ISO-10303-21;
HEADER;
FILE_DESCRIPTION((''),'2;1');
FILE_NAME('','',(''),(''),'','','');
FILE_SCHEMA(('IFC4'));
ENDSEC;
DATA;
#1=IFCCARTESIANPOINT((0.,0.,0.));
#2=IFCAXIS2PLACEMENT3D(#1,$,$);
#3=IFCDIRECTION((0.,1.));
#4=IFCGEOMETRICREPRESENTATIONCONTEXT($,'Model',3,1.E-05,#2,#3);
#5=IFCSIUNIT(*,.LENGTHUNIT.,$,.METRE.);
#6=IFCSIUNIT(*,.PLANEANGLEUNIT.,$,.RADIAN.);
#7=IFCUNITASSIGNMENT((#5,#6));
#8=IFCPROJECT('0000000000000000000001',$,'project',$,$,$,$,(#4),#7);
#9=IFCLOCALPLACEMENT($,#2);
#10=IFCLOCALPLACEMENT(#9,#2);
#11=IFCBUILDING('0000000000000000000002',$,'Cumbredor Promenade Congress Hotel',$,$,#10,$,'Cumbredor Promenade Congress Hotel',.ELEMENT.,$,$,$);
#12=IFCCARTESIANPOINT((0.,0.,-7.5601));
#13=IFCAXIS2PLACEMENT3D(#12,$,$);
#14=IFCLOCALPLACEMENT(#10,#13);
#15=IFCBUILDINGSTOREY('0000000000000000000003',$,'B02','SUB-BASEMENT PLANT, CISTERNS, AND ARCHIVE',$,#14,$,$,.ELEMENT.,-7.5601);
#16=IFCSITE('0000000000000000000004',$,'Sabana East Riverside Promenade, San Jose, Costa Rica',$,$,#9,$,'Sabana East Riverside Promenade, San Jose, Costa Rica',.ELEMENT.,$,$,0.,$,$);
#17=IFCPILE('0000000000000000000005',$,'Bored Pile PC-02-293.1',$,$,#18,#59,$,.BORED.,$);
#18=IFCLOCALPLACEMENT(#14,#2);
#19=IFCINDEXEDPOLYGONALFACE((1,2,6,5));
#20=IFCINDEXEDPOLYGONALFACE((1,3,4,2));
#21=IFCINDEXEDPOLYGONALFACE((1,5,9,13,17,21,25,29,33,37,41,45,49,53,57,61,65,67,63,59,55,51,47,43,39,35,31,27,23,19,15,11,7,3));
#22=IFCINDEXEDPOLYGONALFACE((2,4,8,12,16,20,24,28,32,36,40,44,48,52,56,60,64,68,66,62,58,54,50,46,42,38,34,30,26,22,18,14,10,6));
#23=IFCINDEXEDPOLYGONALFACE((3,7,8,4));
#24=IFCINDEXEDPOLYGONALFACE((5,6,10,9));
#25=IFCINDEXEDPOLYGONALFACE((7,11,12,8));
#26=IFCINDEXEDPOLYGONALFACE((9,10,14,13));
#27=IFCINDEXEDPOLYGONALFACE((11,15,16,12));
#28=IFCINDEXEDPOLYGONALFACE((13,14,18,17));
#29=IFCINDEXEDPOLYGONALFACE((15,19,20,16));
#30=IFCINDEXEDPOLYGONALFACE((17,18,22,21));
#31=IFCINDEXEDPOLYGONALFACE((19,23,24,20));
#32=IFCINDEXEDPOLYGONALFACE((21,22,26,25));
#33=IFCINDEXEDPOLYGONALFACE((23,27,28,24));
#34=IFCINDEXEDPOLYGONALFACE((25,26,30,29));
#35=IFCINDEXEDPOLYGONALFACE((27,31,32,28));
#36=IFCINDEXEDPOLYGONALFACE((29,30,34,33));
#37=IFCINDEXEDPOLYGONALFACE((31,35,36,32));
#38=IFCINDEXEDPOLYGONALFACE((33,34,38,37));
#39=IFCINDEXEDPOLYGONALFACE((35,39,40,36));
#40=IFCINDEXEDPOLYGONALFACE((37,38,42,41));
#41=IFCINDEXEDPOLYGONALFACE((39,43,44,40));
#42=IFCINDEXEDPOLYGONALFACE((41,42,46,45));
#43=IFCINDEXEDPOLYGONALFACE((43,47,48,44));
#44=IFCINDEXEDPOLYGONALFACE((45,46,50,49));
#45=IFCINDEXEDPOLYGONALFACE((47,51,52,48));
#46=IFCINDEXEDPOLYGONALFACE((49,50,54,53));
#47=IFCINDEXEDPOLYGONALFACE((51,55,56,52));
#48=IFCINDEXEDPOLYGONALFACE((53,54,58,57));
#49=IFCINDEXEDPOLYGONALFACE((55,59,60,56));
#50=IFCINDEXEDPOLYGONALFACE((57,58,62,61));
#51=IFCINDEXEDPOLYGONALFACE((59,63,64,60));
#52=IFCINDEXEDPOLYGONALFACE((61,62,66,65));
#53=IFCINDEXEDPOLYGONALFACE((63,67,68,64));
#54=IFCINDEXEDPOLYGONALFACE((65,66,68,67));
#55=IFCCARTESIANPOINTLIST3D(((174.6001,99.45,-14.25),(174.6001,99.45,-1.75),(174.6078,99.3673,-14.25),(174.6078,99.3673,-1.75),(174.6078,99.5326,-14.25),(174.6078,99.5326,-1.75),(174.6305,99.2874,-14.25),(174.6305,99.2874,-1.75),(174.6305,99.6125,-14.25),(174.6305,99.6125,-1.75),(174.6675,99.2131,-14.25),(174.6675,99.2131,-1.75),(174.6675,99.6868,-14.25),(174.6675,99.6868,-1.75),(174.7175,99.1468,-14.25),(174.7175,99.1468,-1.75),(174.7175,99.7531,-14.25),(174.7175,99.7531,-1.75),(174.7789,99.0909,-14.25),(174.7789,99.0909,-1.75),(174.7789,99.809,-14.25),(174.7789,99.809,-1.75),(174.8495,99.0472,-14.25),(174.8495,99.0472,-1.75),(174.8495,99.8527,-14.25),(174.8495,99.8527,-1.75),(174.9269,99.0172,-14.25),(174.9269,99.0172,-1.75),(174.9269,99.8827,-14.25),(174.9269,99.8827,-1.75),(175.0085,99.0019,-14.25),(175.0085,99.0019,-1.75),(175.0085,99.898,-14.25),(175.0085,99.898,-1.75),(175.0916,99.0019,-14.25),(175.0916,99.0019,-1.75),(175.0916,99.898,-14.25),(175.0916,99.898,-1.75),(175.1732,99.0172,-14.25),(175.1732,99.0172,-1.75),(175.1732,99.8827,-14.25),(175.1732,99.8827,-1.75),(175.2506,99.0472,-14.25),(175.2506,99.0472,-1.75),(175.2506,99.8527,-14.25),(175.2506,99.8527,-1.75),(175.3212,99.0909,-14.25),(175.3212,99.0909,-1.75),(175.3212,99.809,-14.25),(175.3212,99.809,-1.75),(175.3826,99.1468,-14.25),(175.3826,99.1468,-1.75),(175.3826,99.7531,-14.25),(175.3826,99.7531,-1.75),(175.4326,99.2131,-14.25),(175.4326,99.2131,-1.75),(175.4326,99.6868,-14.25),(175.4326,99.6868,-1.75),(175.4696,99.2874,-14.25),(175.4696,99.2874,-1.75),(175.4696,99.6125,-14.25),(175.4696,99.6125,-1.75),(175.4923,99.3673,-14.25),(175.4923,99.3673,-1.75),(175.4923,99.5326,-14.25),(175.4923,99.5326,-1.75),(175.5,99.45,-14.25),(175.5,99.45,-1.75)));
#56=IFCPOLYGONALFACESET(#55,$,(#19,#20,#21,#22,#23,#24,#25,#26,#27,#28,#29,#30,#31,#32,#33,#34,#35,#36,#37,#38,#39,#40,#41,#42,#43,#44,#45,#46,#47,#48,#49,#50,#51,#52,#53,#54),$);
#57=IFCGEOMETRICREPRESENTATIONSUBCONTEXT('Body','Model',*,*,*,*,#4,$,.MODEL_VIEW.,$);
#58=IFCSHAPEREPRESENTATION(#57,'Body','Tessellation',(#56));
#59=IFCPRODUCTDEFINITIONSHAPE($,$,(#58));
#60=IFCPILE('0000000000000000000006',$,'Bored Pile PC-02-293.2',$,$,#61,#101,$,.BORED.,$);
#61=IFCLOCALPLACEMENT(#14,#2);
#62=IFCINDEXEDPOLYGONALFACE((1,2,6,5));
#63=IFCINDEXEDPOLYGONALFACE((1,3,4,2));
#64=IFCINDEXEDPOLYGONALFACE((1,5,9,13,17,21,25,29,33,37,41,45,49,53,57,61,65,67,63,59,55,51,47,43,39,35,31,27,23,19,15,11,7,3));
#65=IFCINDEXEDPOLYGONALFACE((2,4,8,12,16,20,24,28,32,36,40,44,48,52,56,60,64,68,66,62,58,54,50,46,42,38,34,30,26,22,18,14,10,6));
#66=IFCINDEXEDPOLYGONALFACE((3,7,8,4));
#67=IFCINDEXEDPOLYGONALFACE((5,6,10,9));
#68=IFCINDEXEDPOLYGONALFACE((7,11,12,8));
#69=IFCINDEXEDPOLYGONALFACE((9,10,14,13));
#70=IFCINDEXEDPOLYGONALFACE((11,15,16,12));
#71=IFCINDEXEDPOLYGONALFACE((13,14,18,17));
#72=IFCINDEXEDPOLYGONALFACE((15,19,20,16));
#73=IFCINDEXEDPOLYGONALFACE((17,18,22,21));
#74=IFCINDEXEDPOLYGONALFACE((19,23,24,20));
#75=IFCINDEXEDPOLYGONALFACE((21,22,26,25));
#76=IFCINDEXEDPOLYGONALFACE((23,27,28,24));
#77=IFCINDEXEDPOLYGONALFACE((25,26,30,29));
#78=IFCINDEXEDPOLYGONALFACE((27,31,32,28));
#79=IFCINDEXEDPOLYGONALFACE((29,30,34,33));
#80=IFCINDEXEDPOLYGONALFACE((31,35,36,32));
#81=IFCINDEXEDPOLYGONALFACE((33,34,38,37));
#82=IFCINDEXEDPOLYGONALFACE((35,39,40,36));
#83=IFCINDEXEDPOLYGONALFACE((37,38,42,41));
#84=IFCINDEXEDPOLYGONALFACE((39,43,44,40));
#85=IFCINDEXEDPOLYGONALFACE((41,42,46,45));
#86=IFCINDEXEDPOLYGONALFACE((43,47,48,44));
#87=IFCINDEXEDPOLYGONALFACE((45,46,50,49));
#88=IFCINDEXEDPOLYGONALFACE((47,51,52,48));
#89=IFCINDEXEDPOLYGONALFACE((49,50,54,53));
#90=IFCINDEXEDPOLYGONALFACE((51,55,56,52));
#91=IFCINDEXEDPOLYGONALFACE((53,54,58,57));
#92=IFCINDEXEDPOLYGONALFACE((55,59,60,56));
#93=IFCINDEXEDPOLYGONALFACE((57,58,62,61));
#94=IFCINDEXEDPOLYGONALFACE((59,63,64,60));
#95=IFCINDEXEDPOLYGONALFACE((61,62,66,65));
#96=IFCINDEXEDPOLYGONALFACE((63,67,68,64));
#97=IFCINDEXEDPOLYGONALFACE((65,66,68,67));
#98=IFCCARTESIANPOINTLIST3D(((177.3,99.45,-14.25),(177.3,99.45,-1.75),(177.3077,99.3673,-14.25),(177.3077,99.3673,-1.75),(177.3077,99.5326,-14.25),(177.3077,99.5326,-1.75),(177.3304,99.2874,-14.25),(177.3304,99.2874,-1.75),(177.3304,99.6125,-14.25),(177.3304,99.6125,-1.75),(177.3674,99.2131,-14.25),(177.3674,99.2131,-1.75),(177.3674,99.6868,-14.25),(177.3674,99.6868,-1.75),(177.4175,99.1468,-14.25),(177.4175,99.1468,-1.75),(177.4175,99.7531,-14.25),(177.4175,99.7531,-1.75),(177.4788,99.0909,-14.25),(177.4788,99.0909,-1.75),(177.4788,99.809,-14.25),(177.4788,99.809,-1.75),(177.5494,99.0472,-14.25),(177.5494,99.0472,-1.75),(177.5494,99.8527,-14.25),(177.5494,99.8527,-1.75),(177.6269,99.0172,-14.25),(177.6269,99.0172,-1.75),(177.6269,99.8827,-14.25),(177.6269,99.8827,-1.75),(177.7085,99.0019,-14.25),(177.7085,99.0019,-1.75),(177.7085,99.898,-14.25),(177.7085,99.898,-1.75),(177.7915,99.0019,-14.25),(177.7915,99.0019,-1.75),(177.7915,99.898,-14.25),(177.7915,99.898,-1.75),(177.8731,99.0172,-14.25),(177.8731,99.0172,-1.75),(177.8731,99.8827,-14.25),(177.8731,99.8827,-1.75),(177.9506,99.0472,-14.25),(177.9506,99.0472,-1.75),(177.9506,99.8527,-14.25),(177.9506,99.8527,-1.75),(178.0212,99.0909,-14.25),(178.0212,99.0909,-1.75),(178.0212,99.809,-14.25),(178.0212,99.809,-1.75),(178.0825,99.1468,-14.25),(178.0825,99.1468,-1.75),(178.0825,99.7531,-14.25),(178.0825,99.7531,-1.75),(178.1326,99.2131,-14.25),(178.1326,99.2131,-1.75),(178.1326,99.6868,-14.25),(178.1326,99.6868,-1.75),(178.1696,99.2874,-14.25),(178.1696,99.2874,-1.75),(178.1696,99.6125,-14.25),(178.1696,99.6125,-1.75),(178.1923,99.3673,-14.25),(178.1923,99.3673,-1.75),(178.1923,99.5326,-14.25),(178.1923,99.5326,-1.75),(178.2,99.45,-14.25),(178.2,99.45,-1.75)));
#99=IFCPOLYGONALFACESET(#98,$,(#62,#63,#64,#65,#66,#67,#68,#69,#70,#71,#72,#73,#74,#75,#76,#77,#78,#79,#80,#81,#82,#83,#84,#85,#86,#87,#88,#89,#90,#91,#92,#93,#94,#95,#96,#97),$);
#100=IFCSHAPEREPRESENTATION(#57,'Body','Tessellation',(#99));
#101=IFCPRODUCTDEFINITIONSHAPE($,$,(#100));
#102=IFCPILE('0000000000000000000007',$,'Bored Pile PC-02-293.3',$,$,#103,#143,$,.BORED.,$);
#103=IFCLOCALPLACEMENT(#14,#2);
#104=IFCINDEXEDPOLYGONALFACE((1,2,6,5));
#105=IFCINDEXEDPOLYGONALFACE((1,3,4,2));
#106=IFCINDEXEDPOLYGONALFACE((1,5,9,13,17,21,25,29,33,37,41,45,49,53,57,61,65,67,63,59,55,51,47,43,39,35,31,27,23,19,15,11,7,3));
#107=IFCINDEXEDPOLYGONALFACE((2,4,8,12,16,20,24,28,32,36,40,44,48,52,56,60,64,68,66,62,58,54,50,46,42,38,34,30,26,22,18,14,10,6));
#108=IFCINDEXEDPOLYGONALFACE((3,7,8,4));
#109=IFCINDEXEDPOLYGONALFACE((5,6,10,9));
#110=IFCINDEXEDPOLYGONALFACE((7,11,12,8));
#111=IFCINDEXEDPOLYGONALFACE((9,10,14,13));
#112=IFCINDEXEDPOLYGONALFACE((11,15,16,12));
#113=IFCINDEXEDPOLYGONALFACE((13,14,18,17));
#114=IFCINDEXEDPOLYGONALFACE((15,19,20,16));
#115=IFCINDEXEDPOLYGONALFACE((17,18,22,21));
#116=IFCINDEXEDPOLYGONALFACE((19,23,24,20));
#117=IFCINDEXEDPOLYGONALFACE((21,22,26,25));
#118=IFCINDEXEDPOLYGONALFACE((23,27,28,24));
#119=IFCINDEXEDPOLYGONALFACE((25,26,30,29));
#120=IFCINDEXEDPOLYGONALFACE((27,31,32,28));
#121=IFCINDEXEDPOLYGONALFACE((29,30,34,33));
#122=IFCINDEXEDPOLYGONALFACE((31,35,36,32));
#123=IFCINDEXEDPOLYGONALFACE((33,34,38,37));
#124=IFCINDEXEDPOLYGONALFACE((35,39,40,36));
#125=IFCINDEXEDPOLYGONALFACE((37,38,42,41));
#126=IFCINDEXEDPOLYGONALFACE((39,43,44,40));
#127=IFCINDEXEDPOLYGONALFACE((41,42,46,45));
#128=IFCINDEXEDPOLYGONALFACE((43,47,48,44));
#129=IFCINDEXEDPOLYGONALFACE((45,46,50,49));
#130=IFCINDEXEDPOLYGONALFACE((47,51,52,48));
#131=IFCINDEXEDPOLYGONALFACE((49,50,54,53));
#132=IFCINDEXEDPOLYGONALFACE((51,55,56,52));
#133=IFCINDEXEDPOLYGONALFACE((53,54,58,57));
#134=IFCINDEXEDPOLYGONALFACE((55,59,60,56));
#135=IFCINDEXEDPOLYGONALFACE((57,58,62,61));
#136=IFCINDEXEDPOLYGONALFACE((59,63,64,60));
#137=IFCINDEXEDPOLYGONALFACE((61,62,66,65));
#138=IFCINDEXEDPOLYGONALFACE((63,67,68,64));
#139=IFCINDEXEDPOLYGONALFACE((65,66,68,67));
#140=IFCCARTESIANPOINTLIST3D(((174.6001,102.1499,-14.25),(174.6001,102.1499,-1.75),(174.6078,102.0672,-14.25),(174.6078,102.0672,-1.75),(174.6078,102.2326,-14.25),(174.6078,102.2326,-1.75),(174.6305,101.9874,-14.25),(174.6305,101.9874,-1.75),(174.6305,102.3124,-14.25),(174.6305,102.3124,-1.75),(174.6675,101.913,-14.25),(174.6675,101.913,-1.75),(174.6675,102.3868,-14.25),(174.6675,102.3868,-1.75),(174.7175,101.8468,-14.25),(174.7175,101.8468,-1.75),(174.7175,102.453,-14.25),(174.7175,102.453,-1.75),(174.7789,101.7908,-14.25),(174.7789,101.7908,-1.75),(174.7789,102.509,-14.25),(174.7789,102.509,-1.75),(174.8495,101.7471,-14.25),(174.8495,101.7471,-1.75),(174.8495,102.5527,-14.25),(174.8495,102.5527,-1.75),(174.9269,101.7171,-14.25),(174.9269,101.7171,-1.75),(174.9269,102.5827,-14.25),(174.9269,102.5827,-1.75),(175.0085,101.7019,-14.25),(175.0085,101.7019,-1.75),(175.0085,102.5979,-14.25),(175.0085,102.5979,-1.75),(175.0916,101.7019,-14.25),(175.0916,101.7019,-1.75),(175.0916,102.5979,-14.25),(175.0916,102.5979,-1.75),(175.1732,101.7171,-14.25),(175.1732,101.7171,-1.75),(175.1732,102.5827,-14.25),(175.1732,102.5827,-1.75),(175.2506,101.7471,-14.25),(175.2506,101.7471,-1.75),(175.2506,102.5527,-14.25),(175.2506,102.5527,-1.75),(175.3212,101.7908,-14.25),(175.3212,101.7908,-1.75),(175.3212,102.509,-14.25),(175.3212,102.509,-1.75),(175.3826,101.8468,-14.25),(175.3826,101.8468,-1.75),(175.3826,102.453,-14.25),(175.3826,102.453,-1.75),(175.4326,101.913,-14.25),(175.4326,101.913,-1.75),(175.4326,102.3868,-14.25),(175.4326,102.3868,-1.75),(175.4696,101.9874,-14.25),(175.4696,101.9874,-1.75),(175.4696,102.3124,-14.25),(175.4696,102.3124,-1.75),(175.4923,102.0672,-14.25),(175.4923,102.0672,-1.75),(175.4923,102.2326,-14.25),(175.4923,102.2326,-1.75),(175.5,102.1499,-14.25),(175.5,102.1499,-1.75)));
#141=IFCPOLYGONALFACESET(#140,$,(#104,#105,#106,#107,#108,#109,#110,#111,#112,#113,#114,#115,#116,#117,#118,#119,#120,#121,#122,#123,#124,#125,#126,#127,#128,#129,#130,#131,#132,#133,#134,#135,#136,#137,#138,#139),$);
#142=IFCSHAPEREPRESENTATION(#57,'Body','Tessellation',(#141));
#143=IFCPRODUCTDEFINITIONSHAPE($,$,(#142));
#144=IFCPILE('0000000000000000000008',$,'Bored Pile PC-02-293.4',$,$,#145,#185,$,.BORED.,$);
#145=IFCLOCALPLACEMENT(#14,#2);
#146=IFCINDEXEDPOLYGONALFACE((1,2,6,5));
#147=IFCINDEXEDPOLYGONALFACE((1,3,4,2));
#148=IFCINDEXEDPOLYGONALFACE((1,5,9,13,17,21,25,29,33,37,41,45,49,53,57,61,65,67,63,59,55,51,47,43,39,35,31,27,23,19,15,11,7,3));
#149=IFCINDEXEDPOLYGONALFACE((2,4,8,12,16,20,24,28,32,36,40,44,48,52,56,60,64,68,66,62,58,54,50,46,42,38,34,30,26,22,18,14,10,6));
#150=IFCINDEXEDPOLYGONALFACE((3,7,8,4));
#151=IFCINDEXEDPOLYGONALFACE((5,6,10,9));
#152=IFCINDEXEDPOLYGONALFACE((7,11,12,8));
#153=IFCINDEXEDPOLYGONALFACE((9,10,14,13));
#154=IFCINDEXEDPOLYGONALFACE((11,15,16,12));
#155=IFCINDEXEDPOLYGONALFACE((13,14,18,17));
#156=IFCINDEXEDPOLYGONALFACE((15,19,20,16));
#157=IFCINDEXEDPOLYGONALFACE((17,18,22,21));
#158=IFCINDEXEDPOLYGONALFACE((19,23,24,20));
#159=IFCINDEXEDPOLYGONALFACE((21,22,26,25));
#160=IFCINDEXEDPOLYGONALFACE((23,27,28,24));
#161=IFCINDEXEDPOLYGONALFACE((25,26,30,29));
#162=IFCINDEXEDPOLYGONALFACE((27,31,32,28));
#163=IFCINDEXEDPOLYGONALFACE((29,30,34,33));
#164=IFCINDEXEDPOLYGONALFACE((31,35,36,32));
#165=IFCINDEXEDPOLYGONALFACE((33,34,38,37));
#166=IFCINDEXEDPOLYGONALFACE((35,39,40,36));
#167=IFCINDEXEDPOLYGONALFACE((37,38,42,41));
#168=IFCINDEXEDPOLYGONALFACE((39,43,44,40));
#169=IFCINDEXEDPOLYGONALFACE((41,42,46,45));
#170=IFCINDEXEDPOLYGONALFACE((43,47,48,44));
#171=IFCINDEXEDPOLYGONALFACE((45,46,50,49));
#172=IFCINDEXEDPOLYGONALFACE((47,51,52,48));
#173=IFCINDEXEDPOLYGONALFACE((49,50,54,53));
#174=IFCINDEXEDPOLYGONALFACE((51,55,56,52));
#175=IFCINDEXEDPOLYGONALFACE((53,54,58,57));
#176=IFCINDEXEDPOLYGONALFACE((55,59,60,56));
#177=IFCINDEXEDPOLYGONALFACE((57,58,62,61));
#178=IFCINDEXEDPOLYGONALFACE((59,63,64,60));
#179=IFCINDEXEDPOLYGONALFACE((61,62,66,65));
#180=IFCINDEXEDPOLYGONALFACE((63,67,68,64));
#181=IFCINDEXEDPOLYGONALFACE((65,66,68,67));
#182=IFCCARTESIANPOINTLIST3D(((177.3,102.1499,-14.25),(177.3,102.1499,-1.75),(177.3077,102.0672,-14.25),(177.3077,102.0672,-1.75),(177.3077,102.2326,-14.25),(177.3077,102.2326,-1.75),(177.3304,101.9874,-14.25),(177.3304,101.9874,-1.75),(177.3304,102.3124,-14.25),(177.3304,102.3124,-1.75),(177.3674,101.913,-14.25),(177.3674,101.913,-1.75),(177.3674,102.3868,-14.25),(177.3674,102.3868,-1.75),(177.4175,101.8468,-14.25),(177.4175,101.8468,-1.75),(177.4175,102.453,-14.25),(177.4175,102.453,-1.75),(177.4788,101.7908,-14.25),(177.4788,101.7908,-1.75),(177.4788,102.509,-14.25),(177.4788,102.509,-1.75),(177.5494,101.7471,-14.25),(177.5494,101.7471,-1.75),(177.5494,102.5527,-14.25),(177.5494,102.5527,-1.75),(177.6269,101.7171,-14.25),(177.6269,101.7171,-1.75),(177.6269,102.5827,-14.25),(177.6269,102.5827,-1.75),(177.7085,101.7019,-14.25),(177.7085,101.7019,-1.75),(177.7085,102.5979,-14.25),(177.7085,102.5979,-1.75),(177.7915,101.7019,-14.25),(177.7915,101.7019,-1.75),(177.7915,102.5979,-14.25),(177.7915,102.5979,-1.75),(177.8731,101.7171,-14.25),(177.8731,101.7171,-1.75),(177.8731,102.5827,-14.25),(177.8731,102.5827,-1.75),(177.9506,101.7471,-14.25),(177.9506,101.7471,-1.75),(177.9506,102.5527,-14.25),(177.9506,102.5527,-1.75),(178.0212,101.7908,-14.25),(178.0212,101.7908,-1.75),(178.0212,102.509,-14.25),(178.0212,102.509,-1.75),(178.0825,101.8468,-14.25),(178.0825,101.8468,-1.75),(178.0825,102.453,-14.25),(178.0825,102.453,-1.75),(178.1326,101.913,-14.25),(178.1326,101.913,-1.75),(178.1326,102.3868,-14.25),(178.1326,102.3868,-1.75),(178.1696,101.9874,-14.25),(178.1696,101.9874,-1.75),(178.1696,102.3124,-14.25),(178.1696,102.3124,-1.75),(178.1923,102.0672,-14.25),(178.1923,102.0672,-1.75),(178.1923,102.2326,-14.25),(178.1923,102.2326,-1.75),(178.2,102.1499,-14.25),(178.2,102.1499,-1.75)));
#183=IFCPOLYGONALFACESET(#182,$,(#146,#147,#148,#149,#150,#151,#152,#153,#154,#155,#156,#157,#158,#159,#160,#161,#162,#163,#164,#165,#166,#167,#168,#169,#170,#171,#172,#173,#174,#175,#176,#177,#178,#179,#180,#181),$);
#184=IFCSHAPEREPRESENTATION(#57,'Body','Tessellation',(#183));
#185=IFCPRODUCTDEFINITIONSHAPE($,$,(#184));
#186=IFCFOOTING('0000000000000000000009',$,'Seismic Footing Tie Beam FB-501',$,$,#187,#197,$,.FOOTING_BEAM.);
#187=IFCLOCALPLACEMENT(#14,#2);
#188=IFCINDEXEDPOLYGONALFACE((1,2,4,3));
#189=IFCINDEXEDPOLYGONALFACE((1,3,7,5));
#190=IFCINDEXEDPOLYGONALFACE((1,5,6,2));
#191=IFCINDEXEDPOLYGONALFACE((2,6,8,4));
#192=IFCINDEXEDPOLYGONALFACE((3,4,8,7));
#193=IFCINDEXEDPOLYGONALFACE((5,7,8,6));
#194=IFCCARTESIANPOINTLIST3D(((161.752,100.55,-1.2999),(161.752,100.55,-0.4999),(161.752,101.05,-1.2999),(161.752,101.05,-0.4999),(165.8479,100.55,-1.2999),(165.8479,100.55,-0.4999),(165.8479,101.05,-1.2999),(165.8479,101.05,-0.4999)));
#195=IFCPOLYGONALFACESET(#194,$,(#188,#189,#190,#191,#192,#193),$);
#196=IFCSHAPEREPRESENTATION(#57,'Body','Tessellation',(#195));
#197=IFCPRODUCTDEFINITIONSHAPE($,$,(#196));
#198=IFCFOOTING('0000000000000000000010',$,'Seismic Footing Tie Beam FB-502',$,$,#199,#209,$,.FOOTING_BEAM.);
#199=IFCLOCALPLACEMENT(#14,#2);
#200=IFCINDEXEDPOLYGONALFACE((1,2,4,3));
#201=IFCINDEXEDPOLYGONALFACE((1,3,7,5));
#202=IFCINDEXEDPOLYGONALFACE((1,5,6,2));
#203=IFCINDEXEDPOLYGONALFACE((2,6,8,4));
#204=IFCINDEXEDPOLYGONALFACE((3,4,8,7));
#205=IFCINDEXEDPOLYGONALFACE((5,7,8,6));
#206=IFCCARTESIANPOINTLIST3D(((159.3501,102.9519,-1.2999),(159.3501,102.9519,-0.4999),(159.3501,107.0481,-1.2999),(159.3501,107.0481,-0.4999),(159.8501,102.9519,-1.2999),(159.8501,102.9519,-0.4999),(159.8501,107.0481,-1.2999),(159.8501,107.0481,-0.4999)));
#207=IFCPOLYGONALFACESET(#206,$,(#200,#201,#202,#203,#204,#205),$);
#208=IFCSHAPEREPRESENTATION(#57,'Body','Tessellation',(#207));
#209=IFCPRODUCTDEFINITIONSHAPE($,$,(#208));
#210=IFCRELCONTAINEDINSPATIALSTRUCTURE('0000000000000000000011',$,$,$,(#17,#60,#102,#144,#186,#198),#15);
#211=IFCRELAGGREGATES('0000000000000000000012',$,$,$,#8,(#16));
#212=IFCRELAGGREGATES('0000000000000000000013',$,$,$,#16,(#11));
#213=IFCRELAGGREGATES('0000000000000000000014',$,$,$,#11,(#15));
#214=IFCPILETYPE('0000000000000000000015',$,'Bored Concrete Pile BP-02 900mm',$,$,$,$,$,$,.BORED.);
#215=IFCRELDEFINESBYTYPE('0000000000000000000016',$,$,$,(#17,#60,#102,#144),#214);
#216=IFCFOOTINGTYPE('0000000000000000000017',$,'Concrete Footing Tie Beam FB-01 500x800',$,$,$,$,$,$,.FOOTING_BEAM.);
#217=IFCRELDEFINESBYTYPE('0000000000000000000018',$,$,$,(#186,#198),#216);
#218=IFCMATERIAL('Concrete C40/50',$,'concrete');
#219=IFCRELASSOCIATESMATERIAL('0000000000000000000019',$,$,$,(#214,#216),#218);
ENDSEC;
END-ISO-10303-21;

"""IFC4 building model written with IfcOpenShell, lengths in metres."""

from ifc_helpers import new_model, si_unit, direction, frame, origin, origin_2d, place, context, subcontext, project, spatial, rectangle, circle, extrude, material, material_profile, profile_set, type_object, element, save


model = new_model("IFC4")

# Units and contexts
model_context = context("Model", 3, precision=1e-05, world=origin(), true_north=direction((0.0, 1.0)))
body_context = subcontext(model_context, "Body", "Model", "MODEL_VIEW")
ifc_project = project(units=[si_unit("LENGTHUNIT", "METRE"), si_unit("PLANEANGLEUNIT", "RADIAN")], contexts=[model_context])

# Site, building, storey
site_placement = place(None, origin())
site = spatial("IfcSite", under=ifc_project, at=site_placement, Name="Sabana East Riverside Promenade, San Jose, Costa Rica", LongName="Sabana East Riverside Promenade, San Jose, Costa Rica", CompositionType="ELEMENT", RefElevation=0.0)
building_placement = place(site_placement, origin())
building = spatial("IfcBuilding", under=site, at=building_placement, Name="Cumbredor Promenade Congress Hotel", LongName="Cumbredor Promenade Congress Hotel", CompositionType="ELEMENT")
storey_placement = place(building_placement, frame((0.0, 0.0, -7.5601)))
storey = spatial("IfcBuildingStorey", under=building, at=storey_placement, Name="B02", Description="SUB-BASEMENT PLANT, CISTERNS, AND ARCHIVE", CompositionType="ELEMENT", Elevation=-7.5601)

# Piles
ifc_material_1 = material(Name="Concrete C40/50", Category="concrete")
ifc_material_profile_1 = material_profile(ifc_material_1, circle(Radius=0.45, at=origin_2d()), Name="PILE D900")
ifc_profile_set_1 = profile_set([ifc_material_profile_1], Name="Concrete C40/50")
pile_type = type_object("IfcPileType", Name="Bored Concrete Pile BP-02 900mm", PredefinedType="BORED", material=ifc_profile_set_1)
for number, where, z_axis, x_axis, name in (
    (1, (175.05, 99.45, -1.75), (0.0, 0.0, -1.0), (1.0, 0.0, 0.0), "Bored Pile PC-02-293.1"),
    (2, (177.75, 99.45, -1.75), (0.0, 0.0, -1.0), (1.0, 0.0, 0.0), "Bored Pile PC-02-293.2"),
    (3, (175.05, 102.1499, -1.75), (0.0, 0.0, -1.0), (1.0, 0.0, 0.0), "Bored Pile PC-02-293.3"),
    (4, (177.75, 102.1499, -1.75), (0.0, 0.0, -1.0), (1.0, 0.0, 0.0), "Bored Pile PC-02-293.4"),
):
    element("IfcPile", number, at=place(storey_placement, frame(where, z_axis=z_axis, x_axis=x_axis)), inside=storey, type_object=pile_type, Name=name, PredefinedType="BORED", context=body_context, shape_type="SweptSolid", body=[
        extrude(circle(Radius=0.45, at=origin_2d()), origin(), (0.0, 0.0, 1.0), 12.5),
    ])

# Footings
ifc_material_profile_2 = material_profile(ifc_material_1, rectangle(XDim=0.5, YDim=0.8, at=origin_2d()), Name="FB 500x800")
ifc_profile_set_2 = profile_set([ifc_material_profile_2], Name="Concrete C40/50")
footing_type_1 = type_object("IfcFootingType", Name="Concrete Footing Tie Beam FB-01 500x800", PredefinedType="FOOTING_BEAM", material=ifc_profile_set_2)
footing_1_placement = place(storey_placement, frame((161.752, 100.8, -0.8999), z_axis=(1.0, 0.0, 0.0), x_axis=(0.0, 1.0, 0.0)))
element("IfcFooting", 5, at=footing_1_placement, inside=storey, type_object=footing_type_1, Name="Seismic Footing Tie Beam FB-501", PredefinedType="FOOTING_BEAM", context=body_context, shape_type="SweptSolid", body=[
    extrude(rectangle(XDim=0.5, YDim=0.8, at=origin_2d()), origin(), (0.0, 0.0, 1.0), 4.0959),
])
for number, where, z_axis, x_axis, name in (
    (6, (159.6001, 102.9519, -0.8999), (0.0, 1.0, 0.0), (-1.0, 0.0, 0.0), "Seismic Footing Tie Beam FB-502"),
):
    element("IfcFooting", number, at=place(storey_placement, frame(where, z_axis=z_axis, x_axis=x_axis)), inside=storey, type_object=footing_type_1, Name=name, PredefinedType="FOOTING_BEAM", context=body_context, shape_type="SweptSolid", body=[
        extrude(rectangle(XDim=0.5, YDim=0.8, at=origin_2d()), origin(), (0.0, 0.0, 1.0), 4.0962),
    ])

save(model, "model.ifc")
